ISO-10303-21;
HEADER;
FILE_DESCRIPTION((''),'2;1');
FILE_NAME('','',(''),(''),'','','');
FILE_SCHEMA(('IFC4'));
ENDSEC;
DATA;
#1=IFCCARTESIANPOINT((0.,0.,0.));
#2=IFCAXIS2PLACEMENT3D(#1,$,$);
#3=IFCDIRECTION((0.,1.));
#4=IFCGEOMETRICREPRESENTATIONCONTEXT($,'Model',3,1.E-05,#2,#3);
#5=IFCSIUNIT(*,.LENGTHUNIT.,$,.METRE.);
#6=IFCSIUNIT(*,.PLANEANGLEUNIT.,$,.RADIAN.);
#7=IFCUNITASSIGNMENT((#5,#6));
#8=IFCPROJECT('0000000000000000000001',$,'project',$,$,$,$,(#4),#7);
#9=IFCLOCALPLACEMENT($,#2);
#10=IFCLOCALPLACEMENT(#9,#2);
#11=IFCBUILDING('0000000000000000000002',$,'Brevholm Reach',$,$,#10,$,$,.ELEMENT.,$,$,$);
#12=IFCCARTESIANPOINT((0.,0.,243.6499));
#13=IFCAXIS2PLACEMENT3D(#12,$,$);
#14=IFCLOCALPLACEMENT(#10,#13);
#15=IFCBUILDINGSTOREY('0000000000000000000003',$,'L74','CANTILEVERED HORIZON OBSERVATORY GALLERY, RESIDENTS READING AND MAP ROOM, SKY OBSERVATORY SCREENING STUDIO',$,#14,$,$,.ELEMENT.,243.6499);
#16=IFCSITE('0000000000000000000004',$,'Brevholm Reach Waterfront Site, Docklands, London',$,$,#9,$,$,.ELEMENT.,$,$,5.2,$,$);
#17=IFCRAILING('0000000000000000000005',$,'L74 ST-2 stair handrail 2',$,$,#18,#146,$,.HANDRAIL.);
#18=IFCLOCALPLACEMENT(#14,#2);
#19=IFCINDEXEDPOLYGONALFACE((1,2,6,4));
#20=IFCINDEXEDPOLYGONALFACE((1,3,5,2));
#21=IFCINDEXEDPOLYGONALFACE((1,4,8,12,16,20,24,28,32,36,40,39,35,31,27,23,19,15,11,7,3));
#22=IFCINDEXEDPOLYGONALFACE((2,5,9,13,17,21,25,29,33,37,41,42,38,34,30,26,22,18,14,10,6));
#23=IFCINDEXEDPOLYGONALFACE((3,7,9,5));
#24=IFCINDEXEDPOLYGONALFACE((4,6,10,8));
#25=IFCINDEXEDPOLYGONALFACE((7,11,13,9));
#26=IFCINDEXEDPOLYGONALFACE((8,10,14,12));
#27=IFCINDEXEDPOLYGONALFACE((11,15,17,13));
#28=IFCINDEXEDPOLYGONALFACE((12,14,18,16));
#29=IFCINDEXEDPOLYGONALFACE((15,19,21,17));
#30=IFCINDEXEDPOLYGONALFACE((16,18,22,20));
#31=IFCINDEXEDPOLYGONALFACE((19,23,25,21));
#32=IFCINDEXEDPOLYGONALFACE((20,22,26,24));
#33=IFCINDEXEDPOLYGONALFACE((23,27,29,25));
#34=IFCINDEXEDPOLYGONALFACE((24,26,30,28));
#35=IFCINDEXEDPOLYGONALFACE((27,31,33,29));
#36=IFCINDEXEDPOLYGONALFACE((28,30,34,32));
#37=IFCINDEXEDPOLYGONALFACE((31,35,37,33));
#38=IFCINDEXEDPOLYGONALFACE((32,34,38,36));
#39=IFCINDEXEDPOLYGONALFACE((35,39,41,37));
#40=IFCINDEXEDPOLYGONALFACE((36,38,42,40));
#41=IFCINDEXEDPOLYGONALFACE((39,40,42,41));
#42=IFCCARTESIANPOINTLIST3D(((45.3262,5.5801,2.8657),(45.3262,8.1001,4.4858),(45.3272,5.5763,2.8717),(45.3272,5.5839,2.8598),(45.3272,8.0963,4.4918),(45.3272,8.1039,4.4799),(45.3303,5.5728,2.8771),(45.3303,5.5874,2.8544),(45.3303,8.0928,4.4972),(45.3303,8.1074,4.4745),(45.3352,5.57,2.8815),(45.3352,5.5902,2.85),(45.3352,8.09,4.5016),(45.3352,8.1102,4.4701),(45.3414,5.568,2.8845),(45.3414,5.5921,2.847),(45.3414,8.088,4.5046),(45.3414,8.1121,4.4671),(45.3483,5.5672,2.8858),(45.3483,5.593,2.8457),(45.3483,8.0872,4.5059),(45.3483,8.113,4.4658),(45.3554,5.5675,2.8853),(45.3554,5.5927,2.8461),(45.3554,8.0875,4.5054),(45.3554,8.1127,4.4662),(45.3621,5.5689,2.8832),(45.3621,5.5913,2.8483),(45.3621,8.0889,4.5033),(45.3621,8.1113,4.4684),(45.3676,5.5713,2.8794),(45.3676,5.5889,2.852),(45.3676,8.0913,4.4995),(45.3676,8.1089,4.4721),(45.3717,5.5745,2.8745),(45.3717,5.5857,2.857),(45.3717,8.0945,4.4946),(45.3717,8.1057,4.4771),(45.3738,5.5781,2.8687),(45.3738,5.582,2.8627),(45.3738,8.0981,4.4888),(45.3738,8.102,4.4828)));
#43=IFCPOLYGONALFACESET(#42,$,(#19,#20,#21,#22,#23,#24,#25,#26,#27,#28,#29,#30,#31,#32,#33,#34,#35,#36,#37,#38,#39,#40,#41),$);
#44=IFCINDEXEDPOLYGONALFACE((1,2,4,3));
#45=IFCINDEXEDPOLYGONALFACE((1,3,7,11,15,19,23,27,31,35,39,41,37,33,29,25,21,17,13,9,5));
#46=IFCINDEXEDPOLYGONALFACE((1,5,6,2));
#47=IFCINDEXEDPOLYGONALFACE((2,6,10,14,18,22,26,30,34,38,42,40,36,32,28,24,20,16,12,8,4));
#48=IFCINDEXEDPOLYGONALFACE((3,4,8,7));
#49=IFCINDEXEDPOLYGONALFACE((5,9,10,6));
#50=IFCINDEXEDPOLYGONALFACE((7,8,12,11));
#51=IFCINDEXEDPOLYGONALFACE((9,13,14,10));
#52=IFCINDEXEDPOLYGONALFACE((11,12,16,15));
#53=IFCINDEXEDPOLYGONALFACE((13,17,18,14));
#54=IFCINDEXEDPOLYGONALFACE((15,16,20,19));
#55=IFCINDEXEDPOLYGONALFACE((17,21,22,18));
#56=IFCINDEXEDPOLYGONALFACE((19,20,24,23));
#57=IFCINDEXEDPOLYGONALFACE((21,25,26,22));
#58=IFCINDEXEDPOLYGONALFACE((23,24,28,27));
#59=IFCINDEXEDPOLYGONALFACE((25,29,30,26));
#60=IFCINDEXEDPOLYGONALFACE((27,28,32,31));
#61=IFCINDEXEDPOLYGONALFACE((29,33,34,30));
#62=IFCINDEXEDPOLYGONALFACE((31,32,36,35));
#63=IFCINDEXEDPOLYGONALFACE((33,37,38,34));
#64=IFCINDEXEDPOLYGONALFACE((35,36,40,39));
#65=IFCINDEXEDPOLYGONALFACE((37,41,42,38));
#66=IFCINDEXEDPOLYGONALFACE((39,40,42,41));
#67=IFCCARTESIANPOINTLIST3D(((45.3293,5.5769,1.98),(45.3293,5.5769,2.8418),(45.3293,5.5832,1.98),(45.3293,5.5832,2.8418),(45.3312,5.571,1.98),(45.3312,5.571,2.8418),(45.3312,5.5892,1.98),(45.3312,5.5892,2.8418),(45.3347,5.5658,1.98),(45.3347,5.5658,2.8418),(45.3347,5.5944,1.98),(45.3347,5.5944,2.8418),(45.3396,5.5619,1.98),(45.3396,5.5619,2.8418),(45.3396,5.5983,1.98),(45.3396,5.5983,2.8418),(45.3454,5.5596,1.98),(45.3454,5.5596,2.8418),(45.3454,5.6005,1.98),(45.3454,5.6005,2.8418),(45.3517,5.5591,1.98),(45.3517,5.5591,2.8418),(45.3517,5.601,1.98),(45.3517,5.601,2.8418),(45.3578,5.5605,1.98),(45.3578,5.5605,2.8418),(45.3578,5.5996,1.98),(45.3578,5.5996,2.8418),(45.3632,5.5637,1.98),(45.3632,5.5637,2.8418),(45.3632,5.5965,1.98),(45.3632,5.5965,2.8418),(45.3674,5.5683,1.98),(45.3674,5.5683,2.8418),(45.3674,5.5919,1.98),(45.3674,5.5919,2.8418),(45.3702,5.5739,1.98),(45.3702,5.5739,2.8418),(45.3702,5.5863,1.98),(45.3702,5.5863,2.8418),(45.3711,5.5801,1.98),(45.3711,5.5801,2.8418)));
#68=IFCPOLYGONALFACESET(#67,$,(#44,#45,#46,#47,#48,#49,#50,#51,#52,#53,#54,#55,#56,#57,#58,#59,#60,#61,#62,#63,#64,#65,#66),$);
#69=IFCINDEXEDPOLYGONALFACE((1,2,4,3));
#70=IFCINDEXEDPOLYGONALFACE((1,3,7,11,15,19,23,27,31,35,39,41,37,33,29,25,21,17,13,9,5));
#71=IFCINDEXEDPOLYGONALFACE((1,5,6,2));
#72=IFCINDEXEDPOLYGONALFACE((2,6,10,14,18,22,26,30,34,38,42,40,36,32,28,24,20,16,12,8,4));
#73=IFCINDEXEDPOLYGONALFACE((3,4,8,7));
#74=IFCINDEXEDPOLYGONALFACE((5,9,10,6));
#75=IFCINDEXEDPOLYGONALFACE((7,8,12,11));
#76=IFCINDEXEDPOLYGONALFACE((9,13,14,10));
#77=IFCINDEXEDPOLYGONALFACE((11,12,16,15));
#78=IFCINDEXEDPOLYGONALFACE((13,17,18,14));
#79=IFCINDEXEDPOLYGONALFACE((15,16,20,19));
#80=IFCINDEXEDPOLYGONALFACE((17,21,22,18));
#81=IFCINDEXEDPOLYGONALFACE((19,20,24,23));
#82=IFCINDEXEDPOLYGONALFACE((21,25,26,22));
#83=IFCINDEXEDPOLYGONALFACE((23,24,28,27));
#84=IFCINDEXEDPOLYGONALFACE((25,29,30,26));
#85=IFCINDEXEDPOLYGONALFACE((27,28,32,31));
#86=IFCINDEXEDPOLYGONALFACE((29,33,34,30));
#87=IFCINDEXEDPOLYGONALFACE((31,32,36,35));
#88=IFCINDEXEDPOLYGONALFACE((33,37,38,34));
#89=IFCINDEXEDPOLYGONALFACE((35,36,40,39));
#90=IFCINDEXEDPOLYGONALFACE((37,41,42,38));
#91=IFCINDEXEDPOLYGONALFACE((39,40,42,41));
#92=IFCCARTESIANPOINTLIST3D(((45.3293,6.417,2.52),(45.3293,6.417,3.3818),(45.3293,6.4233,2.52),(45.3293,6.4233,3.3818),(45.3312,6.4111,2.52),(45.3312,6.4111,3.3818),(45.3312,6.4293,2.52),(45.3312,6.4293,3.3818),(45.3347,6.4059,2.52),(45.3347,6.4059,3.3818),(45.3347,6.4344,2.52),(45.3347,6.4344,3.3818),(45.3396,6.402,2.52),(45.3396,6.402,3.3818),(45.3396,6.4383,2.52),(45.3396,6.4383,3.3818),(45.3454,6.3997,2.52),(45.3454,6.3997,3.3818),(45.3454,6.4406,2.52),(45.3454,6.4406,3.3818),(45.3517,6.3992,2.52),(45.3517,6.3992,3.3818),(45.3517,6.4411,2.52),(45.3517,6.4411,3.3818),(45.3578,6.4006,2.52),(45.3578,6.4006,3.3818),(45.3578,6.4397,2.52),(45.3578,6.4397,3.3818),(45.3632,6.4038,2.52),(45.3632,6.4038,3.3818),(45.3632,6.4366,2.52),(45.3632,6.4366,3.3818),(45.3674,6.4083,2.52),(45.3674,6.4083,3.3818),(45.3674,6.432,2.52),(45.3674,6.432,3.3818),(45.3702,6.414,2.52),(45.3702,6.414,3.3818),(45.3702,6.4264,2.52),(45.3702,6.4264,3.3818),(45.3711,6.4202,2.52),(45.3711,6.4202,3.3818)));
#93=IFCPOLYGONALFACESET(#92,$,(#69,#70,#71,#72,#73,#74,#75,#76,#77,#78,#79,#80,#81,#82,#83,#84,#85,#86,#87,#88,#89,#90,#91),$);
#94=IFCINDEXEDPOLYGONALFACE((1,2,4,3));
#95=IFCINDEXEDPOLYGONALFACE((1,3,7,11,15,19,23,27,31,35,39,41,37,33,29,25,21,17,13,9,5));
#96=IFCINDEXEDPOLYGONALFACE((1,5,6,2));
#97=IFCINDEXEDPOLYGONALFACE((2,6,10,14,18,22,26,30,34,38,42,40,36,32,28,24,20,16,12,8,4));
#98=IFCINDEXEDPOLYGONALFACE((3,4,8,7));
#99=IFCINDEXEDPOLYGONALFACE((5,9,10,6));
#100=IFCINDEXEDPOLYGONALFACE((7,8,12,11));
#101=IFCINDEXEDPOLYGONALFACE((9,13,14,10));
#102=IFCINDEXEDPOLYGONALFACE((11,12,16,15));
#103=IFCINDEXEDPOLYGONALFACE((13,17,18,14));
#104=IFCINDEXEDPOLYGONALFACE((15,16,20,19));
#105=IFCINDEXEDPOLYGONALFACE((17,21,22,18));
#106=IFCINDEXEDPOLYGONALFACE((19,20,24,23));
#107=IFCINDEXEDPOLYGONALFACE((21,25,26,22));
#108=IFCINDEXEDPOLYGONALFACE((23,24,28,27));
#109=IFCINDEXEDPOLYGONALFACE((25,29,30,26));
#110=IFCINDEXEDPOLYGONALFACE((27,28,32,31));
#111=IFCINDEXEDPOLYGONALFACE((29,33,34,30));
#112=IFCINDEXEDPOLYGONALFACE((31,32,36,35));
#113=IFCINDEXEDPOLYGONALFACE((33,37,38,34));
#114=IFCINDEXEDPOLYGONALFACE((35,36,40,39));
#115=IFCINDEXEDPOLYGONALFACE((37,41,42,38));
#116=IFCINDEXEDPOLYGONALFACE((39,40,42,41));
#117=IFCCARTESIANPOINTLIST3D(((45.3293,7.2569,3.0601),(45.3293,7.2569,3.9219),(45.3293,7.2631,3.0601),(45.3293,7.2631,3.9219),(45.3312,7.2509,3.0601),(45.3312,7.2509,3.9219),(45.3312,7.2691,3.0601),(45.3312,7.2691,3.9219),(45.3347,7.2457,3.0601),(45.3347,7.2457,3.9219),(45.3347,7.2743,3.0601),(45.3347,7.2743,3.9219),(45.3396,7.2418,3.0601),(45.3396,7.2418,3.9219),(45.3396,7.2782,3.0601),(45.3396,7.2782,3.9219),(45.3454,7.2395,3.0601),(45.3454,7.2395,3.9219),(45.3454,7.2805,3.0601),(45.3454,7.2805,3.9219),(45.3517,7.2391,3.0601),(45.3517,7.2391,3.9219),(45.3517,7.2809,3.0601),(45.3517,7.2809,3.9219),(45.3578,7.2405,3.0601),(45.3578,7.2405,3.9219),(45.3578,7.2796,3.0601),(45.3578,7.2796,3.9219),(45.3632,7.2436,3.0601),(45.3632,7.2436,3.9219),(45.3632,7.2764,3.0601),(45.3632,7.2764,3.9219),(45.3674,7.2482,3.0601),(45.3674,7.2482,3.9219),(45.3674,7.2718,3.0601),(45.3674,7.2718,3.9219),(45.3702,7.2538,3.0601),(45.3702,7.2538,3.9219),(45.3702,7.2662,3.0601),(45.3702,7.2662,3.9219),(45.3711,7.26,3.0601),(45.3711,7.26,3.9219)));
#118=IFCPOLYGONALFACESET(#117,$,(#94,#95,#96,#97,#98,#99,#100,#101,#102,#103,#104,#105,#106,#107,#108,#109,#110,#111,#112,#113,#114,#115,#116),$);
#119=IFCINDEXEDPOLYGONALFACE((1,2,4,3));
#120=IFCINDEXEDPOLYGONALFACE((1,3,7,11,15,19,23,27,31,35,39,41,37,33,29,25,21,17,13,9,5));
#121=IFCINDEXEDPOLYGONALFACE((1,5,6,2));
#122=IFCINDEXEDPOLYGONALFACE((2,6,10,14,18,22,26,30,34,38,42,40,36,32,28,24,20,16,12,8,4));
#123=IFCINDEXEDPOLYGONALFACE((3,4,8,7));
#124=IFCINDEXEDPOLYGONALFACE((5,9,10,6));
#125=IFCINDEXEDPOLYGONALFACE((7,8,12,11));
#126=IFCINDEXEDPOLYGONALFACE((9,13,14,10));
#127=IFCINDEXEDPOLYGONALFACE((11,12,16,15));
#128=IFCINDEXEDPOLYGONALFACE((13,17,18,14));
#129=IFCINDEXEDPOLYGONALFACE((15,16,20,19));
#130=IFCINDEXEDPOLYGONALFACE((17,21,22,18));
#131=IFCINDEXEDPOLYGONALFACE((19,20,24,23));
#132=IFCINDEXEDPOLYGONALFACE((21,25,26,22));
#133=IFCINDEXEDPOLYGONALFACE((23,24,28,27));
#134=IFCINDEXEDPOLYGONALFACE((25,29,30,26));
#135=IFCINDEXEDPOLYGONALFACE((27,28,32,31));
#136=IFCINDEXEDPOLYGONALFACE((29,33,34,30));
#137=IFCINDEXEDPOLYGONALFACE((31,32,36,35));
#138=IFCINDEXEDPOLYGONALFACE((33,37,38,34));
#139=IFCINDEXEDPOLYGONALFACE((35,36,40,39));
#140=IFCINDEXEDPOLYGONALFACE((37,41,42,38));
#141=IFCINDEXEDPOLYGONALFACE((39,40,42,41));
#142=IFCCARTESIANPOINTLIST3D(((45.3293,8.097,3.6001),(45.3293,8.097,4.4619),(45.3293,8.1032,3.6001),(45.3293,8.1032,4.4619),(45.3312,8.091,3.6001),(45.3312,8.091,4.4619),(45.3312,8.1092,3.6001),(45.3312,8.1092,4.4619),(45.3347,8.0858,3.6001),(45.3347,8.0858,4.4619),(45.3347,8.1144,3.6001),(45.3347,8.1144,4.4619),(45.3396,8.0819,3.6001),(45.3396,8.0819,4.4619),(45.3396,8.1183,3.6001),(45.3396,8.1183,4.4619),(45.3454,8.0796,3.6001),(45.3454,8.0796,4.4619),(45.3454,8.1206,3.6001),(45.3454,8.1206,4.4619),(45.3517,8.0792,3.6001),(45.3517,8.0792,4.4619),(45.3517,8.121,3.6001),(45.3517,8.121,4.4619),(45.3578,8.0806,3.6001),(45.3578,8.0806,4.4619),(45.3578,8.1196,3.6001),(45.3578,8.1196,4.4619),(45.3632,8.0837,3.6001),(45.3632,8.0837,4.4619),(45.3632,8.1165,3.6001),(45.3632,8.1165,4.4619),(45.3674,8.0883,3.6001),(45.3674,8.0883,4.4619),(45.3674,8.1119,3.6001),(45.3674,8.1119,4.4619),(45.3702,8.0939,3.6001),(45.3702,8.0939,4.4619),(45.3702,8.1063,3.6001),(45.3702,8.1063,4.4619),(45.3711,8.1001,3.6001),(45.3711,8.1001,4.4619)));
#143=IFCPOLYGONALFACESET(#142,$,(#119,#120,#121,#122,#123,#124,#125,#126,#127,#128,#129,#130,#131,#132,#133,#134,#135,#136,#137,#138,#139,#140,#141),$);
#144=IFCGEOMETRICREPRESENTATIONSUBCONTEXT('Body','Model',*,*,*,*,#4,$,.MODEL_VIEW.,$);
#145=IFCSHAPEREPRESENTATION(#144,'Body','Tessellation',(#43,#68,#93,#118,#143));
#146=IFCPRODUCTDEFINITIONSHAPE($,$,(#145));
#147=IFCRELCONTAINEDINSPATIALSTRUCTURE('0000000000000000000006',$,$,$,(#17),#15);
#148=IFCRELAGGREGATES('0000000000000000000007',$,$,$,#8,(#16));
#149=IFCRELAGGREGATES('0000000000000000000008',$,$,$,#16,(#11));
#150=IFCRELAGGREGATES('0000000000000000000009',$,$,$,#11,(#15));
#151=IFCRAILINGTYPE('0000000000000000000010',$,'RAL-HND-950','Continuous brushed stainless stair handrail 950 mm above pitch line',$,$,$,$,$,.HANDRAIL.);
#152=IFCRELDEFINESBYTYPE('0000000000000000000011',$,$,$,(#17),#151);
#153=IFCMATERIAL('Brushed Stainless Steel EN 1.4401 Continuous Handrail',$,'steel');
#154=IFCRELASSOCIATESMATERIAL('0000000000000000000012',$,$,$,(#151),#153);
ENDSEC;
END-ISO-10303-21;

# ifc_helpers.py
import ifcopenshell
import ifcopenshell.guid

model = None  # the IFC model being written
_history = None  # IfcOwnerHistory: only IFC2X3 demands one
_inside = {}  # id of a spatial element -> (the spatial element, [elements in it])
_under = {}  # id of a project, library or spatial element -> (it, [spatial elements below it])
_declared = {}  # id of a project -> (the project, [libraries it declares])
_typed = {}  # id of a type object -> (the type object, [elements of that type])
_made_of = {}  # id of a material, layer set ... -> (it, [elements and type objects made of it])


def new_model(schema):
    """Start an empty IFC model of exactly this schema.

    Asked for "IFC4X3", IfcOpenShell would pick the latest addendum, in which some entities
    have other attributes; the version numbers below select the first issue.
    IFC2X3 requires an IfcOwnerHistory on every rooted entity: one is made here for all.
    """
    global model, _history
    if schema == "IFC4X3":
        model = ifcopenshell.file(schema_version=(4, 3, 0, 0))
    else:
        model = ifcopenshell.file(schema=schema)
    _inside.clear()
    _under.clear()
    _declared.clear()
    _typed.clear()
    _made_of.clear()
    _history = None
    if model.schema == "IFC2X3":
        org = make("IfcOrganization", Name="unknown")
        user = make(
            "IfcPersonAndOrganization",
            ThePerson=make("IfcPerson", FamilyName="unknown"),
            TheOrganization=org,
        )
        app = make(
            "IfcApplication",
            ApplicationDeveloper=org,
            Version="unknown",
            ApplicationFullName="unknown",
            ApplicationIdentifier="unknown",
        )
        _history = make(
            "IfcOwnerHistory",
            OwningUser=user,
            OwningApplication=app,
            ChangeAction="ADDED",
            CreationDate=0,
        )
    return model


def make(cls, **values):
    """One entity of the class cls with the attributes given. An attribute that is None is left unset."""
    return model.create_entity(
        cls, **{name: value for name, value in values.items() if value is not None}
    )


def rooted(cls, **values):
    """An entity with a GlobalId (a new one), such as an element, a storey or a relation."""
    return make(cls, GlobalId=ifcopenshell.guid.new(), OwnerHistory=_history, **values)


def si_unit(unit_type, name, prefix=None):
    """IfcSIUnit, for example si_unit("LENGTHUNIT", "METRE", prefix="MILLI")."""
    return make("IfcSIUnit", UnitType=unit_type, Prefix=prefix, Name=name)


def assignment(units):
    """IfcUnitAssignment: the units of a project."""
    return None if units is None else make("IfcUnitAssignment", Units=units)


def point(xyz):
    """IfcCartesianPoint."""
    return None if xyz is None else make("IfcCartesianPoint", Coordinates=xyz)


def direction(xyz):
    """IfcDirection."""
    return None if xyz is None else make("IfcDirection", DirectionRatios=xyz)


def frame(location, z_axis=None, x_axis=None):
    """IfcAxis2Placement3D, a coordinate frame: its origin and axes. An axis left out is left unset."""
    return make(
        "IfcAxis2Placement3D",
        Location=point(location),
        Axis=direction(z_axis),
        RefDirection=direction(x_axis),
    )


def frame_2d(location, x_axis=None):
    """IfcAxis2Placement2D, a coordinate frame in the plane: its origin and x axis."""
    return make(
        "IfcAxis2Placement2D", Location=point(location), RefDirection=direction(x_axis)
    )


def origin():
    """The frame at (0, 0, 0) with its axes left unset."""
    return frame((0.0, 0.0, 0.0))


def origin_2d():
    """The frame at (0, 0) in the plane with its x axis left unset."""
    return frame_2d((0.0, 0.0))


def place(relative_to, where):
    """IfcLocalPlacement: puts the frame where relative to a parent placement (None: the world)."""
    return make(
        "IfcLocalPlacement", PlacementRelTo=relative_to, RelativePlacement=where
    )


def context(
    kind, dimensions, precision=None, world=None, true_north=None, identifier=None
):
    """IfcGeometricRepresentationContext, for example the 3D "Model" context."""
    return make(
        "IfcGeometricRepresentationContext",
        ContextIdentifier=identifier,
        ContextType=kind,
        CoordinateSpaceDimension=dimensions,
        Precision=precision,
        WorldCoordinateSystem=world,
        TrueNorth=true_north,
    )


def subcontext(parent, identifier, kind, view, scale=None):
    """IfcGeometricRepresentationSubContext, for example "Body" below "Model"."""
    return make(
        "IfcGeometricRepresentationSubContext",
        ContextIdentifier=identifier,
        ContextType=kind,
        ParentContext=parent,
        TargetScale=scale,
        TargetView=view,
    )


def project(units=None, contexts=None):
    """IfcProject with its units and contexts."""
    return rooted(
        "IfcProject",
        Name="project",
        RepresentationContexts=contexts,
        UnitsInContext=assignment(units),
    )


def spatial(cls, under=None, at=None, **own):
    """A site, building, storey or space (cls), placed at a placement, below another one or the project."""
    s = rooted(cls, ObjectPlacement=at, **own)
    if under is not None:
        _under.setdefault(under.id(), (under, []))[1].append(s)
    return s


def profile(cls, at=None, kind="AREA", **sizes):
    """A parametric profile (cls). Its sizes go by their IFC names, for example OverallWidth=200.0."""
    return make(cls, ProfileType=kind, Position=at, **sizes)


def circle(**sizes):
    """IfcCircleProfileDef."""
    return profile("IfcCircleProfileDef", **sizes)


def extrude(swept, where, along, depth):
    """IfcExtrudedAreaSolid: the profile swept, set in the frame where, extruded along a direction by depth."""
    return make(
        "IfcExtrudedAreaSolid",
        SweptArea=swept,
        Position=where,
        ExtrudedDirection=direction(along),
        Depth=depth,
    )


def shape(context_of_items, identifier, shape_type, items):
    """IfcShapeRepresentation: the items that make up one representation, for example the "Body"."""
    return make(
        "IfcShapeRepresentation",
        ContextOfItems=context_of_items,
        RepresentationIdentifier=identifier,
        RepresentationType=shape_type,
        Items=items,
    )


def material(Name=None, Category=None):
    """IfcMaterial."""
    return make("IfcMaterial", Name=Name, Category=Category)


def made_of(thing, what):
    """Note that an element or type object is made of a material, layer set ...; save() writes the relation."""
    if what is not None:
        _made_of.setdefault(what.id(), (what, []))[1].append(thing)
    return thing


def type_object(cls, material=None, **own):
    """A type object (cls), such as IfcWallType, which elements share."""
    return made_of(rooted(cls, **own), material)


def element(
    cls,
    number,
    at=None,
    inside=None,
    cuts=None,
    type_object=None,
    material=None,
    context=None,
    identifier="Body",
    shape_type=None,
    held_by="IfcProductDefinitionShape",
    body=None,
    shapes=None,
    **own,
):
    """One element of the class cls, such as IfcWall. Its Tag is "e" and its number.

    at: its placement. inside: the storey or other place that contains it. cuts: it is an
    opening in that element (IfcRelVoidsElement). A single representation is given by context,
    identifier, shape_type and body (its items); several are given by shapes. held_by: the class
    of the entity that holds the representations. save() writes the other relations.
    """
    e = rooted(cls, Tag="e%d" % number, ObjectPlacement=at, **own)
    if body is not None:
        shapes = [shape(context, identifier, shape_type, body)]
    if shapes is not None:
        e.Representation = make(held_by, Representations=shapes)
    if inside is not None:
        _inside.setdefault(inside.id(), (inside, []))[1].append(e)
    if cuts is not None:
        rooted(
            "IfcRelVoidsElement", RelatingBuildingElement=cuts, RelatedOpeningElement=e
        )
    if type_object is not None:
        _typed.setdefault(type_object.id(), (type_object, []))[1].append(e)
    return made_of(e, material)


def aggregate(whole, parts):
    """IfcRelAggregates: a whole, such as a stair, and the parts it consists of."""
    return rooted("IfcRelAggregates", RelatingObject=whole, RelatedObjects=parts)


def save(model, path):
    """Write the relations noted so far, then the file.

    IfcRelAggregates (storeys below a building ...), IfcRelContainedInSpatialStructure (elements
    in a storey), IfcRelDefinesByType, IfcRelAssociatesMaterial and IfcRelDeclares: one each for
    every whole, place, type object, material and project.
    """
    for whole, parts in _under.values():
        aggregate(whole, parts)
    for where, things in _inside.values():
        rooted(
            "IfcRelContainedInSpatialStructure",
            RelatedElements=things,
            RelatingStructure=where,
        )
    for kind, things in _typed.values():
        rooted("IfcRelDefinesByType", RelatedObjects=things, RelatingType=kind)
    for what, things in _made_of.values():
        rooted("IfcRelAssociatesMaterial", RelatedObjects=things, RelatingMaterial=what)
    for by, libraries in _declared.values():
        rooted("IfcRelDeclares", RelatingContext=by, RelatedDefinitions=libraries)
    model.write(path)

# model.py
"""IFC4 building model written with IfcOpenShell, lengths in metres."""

from ifc_helpers import new_model, si_unit, direction, frame, origin, origin_2d, place, context, subcontext, project, spatial, circle, extrude, material, type_object, element, save


model = new_model("IFC4")

# Units and contexts
model_context = context("Model", 3, precision=1e-05, world=origin(), true_north=direction((0.0, 1.0)))
body_context = subcontext(model_context, "Body", "Model", "MODEL_VIEW")
ifc_project = project(units=[si_unit("LENGTHUNIT", "METRE"), si_unit("PLANEANGLEUNIT", "RADIAN")], contexts=[model_context])

# Site, building, storey
site_placement = place(None, origin())
site = spatial("IfcSite", under=ifc_project, at=site_placement, Name="Brevholm Reach Waterfront Site, Docklands, London", CompositionType="ELEMENT", RefElevation=5.2)
building_placement = place(site_placement, origin())
building = spatial("IfcBuilding", under=site, at=building_placement, Name="Brevholm Reach", CompositionType="ELEMENT")
storey_placement = place(building_placement, frame((0.0, 0.0, 243.6499)))
storey = spatial("IfcBuildingStorey", under=building, at=storey_placement, Name="L74", Description="CANTILEVERED HORIZON OBSERVATORY GALLERY, RESIDENTS READING AND MAP ROOM, SKY OBSERVATORY SCREENING STUDIO", CompositionType="ELEMENT", Elevation=243.6499)

# Railing
ifc_material_1 = material(Name="Brushed Stainless Steel EN 1.4401 Continuous Handrail", Category="steel")
railing_type_1 = type_object("IfcRailingType", Name="RAL-HND-950", Description="Continuous brushed stainless stair handrail 950 mm above pitch line", PredefinedType="HANDRAIL", material=ifc_material_1)
railing_1_placement = place(storey_placement, frame((45.3501, 5.5801, 1.98)))
element("IfcRailing", 1, at=railing_1_placement, inside=storey, type_object=railing_type_1, Name="L74 ST-2 stair handrail 2", PredefinedType="HANDRAIL", context=body_context, shape_type="SweptSolid", body=[
    extrude(circle(Radius=0.0239, at=origin_2d()), frame((0.0, 0.0, 0.8857), z_axis=(0.0, 0.841163, 0.540782), x_axis=(-1.0, 0.0, 0.0)), (0.0, 0.0, 1.0), 2.9958),
    extrude(circle(Radius=0.021, at=origin_2d()), origin(), (0.0, 0.0, 1.0), 0.8618),
    extrude(circle(Radius=0.021, at=origin_2d()), frame((0.0, 0.8401, 0.54)), (0.0, 0.0, 1.0), 0.8618),
    extrude(circle(Radius=0.021, at=origin_2d()), frame((0.0, 1.6799, 1.0801)), (0.0, 0.0, 1.0), 0.8618),
    extrude(circle(Radius=0.021, at=origin_2d()), frame((0.0, 2.52, 1.6201)), (0.0, 0.0, 1.0), 0.8618),
])

save(model, "model.ifc")
